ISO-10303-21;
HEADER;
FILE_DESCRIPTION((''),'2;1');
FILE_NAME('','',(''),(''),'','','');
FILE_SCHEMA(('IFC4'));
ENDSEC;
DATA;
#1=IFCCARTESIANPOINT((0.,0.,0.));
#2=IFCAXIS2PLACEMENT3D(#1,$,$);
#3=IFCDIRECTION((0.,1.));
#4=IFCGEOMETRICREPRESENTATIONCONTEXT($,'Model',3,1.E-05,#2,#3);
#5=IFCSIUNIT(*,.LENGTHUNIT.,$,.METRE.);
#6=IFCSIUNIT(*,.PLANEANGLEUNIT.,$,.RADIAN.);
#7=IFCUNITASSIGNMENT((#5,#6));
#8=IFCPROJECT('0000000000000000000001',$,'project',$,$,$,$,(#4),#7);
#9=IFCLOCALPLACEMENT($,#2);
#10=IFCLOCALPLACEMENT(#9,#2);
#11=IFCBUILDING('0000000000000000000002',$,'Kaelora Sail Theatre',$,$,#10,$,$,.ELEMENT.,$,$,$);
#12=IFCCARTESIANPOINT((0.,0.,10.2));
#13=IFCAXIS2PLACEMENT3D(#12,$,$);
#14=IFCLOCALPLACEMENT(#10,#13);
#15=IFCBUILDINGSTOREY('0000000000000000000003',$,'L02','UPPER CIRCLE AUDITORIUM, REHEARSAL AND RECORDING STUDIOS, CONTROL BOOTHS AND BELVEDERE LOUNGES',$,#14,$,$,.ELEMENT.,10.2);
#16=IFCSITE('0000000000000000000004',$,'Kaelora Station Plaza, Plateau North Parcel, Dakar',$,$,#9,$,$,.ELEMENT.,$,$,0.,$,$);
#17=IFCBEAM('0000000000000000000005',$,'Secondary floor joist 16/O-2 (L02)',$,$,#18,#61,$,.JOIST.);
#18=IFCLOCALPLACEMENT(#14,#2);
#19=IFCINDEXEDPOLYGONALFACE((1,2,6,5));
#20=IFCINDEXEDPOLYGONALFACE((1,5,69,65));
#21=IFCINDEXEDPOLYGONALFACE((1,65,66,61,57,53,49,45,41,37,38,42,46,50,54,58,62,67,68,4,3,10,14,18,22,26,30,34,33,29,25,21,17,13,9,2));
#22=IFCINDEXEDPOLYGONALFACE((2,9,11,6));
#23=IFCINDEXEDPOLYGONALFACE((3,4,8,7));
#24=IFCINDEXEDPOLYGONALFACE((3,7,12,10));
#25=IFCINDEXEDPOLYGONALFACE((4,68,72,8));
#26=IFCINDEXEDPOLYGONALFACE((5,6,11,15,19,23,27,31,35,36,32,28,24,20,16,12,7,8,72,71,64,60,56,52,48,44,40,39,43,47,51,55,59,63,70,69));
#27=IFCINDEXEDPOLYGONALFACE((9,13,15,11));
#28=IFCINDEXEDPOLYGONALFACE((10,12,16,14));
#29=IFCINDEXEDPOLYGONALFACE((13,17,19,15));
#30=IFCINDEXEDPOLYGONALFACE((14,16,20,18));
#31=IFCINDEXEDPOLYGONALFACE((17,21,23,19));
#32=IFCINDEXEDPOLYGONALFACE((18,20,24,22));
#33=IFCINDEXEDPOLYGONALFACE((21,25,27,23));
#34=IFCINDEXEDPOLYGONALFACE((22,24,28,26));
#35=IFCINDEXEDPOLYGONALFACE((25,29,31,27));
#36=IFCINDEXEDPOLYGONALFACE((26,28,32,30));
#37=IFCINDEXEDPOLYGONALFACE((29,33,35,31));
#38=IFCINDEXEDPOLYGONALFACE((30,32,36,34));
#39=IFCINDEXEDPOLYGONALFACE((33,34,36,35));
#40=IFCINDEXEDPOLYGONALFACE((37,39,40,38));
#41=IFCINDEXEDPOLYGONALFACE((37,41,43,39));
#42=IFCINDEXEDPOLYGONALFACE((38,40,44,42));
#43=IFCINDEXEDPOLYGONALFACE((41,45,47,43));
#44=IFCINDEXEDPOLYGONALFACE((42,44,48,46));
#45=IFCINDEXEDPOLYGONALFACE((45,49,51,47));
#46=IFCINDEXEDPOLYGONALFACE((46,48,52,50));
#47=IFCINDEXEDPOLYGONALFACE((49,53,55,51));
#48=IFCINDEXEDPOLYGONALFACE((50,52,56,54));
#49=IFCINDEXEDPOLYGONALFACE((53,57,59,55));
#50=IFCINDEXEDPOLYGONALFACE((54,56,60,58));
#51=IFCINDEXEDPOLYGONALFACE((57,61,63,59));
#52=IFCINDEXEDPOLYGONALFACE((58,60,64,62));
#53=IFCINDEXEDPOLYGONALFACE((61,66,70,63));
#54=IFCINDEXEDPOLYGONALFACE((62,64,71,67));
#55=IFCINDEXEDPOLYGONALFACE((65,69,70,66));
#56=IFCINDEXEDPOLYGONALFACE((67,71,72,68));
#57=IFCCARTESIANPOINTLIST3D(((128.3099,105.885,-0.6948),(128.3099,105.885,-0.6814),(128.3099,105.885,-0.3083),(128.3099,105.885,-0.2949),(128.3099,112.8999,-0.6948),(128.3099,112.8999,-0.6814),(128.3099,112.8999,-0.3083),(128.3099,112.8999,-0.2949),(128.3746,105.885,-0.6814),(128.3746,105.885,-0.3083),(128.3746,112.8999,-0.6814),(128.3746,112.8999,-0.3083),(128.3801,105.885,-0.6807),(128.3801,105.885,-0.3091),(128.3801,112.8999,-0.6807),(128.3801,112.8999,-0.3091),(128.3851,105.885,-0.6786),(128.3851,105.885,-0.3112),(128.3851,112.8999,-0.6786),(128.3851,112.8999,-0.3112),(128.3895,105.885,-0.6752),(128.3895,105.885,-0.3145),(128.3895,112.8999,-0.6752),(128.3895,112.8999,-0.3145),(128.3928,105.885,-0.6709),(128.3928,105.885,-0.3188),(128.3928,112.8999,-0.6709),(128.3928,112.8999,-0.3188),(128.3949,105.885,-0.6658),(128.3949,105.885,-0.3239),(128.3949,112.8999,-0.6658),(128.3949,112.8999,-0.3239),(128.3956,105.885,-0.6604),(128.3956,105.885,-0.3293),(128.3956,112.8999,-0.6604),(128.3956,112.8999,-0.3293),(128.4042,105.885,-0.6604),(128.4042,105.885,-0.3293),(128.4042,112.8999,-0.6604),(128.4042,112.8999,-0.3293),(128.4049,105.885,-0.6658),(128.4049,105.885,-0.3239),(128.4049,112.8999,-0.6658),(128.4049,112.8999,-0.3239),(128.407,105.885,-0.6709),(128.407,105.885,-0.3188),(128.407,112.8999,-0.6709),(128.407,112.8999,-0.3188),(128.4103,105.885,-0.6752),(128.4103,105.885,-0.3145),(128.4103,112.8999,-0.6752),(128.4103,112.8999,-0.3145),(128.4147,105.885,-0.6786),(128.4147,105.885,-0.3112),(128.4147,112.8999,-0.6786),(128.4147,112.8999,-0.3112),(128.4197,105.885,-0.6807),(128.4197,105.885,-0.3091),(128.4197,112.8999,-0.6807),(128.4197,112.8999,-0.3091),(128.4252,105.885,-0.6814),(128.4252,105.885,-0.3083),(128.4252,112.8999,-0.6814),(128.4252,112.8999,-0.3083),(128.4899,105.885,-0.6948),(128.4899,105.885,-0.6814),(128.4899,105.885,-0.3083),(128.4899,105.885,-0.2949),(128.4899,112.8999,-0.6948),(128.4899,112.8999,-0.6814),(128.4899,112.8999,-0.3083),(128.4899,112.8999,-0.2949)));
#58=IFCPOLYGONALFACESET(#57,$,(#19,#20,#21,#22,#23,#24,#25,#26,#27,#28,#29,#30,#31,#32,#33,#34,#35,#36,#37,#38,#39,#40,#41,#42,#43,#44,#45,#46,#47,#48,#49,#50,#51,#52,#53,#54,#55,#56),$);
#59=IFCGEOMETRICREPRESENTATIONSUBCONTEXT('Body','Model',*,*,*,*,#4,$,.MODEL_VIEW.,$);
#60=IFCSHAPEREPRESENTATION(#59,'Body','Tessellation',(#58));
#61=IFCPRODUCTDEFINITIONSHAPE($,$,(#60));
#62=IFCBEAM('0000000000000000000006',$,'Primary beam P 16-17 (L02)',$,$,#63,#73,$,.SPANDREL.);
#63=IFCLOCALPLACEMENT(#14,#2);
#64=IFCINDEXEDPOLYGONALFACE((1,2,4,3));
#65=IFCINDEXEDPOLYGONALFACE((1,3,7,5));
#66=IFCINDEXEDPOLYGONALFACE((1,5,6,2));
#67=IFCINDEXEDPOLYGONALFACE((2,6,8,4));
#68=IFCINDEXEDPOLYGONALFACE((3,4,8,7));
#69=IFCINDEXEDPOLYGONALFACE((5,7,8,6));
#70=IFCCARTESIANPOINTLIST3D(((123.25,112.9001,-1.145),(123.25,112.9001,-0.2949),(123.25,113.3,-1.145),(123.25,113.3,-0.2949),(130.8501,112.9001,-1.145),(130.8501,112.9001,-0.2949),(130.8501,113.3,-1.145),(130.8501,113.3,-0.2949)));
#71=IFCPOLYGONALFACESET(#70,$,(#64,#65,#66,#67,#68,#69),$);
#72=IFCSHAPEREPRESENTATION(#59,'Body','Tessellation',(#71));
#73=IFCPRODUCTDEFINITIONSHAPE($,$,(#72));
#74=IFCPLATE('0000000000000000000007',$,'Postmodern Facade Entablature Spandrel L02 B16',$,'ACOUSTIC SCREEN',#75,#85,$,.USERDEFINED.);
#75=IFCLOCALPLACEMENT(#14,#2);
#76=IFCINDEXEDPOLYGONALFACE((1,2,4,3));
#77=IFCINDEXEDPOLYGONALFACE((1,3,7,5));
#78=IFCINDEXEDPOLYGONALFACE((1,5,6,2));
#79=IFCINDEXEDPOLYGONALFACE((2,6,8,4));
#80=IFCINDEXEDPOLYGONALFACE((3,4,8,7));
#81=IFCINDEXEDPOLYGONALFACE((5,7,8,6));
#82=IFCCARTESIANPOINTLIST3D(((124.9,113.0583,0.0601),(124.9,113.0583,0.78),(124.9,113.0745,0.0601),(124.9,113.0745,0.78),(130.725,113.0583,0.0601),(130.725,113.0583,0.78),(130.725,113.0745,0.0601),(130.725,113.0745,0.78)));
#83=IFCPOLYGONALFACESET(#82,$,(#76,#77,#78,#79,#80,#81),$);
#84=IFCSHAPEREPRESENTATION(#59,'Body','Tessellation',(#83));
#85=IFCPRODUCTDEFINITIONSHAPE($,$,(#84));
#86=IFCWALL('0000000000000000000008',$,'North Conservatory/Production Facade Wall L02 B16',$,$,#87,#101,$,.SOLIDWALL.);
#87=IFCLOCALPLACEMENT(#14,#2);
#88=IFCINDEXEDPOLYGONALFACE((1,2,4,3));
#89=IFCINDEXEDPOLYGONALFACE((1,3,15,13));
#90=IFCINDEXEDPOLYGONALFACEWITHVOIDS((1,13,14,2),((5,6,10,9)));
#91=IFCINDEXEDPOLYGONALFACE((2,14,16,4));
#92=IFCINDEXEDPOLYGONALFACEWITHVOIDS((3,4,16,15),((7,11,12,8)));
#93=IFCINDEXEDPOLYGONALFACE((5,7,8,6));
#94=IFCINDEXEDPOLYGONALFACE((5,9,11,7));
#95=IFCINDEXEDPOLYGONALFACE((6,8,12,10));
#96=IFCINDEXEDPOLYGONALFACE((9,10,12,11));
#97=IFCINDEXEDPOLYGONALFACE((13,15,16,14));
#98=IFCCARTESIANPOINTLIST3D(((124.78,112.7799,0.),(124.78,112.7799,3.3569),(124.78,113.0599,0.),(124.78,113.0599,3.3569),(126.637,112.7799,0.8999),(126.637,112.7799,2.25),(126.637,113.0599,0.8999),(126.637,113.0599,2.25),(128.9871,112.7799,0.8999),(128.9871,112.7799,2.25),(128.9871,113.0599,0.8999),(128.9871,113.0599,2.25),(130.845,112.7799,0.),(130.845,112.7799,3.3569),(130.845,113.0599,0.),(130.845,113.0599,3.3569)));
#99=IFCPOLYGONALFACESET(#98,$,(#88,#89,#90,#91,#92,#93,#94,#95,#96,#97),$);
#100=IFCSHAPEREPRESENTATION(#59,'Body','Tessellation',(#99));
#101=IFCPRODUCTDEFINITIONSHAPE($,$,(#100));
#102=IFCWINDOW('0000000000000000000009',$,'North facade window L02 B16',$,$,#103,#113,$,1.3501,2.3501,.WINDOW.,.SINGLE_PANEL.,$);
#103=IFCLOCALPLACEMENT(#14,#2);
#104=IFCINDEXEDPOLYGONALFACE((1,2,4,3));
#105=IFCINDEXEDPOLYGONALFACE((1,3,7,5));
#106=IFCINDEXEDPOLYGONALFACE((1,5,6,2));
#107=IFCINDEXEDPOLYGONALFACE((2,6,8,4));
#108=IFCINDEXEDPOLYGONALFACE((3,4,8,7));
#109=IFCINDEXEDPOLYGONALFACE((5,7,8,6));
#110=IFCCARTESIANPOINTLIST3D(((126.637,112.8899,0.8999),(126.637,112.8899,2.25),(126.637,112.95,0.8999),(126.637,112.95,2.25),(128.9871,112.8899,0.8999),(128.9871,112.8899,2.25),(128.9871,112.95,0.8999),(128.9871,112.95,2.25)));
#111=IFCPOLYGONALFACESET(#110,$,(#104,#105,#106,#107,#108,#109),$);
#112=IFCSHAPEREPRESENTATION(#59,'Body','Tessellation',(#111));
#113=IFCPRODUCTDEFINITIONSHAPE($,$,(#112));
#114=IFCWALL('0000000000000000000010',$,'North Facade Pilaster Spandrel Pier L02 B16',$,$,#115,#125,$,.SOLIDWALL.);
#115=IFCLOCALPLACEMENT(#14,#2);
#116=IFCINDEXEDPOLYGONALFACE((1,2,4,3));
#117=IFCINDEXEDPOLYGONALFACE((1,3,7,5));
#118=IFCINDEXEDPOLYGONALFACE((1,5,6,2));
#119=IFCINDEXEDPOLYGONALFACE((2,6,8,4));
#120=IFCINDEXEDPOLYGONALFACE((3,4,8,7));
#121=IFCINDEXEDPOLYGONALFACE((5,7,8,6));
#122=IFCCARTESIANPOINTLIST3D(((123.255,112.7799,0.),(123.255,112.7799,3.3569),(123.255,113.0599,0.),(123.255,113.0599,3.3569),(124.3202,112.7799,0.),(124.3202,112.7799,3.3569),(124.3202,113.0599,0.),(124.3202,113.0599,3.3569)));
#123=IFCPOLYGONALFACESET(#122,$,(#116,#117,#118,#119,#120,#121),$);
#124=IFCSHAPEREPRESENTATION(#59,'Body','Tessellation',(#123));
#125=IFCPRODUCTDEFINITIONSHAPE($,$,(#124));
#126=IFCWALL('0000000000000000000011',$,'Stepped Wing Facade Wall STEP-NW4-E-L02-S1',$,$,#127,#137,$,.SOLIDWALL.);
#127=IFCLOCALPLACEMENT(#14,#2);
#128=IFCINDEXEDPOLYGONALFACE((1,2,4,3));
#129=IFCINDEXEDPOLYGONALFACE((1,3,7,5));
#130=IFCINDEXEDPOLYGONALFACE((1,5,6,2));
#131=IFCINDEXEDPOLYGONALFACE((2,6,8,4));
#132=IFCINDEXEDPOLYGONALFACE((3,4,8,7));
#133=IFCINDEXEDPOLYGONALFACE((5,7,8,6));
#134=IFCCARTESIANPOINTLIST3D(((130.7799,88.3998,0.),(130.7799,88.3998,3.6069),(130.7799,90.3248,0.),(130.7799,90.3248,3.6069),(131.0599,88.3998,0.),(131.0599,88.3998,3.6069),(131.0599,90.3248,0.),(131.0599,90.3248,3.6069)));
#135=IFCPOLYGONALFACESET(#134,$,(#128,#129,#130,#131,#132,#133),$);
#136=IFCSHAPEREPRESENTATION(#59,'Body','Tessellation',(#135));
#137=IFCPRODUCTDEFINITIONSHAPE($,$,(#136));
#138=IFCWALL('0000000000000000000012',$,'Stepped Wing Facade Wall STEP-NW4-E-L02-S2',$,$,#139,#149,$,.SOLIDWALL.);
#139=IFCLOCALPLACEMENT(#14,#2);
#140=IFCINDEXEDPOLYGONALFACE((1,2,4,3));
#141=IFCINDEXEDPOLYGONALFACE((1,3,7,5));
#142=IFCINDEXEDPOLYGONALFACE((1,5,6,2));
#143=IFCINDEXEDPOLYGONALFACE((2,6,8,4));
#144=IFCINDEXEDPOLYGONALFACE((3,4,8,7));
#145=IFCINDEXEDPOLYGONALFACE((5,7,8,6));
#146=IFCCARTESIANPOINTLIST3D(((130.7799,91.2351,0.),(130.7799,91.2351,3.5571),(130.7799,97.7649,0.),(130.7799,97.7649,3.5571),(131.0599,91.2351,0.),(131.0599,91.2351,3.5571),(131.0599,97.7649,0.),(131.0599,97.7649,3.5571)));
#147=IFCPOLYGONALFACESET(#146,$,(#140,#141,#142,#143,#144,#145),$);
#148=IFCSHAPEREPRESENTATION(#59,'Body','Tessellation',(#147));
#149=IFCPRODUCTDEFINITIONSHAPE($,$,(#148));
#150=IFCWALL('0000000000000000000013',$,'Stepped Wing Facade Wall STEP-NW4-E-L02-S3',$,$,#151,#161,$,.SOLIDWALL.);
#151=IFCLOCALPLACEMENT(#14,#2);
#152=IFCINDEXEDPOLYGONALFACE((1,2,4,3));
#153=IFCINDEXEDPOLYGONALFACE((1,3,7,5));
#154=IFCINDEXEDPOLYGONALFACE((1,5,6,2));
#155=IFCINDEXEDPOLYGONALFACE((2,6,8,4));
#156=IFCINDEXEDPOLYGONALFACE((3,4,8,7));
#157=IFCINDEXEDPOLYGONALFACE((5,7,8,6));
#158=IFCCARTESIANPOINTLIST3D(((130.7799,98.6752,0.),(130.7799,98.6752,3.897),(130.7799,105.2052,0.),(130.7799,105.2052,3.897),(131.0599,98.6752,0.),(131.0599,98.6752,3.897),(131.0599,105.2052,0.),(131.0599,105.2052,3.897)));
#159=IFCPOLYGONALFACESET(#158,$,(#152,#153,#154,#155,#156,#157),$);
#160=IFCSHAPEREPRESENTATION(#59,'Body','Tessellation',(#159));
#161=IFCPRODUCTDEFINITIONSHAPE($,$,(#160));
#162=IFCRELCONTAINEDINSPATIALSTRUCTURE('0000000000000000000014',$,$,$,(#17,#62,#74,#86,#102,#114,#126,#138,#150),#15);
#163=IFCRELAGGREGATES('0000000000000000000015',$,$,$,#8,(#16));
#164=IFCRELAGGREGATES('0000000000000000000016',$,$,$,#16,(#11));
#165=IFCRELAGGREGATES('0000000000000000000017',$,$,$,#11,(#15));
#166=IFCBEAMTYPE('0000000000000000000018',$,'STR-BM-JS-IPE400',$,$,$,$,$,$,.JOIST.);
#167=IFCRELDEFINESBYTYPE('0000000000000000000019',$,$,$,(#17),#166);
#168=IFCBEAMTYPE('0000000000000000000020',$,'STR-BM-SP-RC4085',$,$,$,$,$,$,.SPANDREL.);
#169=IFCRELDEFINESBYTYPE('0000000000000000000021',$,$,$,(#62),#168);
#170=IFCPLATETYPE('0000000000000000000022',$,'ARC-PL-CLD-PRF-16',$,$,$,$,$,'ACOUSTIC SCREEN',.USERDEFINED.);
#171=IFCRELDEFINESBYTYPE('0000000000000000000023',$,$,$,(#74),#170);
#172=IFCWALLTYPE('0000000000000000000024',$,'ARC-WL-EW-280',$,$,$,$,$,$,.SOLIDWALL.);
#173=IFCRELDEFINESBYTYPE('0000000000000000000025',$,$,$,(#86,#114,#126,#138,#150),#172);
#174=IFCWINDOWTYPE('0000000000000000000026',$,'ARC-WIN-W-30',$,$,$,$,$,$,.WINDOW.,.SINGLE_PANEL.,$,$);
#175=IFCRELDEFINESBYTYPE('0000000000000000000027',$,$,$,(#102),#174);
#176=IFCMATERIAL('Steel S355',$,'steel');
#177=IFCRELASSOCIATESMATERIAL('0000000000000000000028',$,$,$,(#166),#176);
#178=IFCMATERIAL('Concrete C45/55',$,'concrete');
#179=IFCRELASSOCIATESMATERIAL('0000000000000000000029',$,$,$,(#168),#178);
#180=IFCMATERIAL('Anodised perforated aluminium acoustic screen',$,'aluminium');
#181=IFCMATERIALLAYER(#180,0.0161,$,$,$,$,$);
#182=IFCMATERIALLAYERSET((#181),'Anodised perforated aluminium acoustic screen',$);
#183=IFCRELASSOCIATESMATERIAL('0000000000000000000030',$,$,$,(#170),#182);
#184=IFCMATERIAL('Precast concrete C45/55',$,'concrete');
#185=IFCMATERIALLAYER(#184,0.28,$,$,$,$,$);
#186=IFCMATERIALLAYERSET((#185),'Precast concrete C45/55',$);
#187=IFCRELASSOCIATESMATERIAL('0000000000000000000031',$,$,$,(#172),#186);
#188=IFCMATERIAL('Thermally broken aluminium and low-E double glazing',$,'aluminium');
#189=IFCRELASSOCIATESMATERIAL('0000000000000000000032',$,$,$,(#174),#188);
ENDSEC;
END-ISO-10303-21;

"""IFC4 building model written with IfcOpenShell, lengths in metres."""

from ifc_helpers import new_model, si_unit, direction, frame, frame_2d, origin, origin_2d, place, context, subcontext, project, spatial, rectangle, i_section, extrude, material, layer, layer_set, material_profile, profile_set, type_object, element, fill, save


model = new_model("IFC4")

# Units and contexts
model_context = context("Model", 3, precision=1e-05, world=origin(), true_north=direction((0.0, 1.0)))
body_context = subcontext(model_context, "Body", "Model", "MODEL_VIEW")
ifc_project = project(units=[si_unit("LENGTHUNIT", "METRE"), si_unit("PLANEANGLEUNIT", "RADIAN")], contexts=[model_context])

# Site, building, storey
site_placement = place(None, origin())
site = spatial("IfcSite", under=ifc_project, at=site_placement, Name="Kaelora Station Plaza, Plateau North Parcel, Dakar", CompositionType="ELEMENT", RefElevation=0.0)
building_placement = place(site_placement, origin())
building = spatial("IfcBuilding", under=site, at=building_placement, Name="Kaelora Sail Theatre", CompositionType="ELEMENT")
storey_placement = place(building_placement, frame((0.0, 0.0, 10.2)))
storey = spatial("IfcBuildingStorey", under=building, at=storey_placement, Name="L02", Description="UPPER CIRCLE AUDITORIUM, REHEARSAL AND RECORDING STUDIOS, CONTROL BOOTHS AND BELVEDERE LOUNGES", CompositionType="ELEMENT", Elevation=10.2)

# Beams
ifc_material_1 = material(Name="Steel S355", Category="steel")
ifc_material_profile_1 = material_profile(ifc_material_1, i_section(OverallWidth=0.1799, OverallDepth=0.3999, WebThickness=0.0085, FlangeThickness=0.0134, FilletRadius=0.021, at=origin_2d()), Name="IPE 400")
ifc_profile_set_1 = profile_set([ifc_material_profile_1], Name="Steel S355")
beam_type_1 = type_object("IfcBeamType", Name="STR-BM-JS-IPE400", PredefinedType="JOIST", material=ifc_profile_set_1)
beam_1_placement = place(storey_placement, frame((128.3999, 105.885, -0.4949), z_axis=(0.0, 1.0, 0.0), x_axis=(-1.0, 0.0, 0.0)))
element("IfcBeam", 1, at=beam_1_placement, inside=storey, type_object=beam_type_1, Name="Secondary floor joist 16/O-2 (L02)", PredefinedType="JOIST", context=body_context, shape_type="SweptSolid", body=[
    extrude(i_section(OverallWidth=0.1799, OverallDepth=0.3999, WebThickness=0.0085, FlangeThickness=0.0134, FilletRadius=0.021, at=origin_2d()), origin(), (0.0, 0.0, 1.0), 7.0149),
])
ifc_material_2 = material(Name="Concrete C45/55", Category="concrete")
ifc_material_profile_2 = material_profile(ifc_material_2, rectangle(XDim=0.3999, YDim=0.8501, at=origin_2d()), Name="RC-SPN 400x850")
ifc_profile_set_2 = profile_set([ifc_material_profile_2], Name="Concrete C45/55")
beam_type_2 = type_object("IfcBeamType", Name="STR-BM-SP-RC4085", PredefinedType="SPANDREL", material=ifc_profile_set_2)
beam_2_placement = place(storey_placement, frame((123.25, 113.1001, -0.72), z_axis=(1.0, 0.0, 0.0), x_axis=(0.0, 1.0, 0.0)))
element("IfcBeam", 2, at=beam_2_placement, inside=storey, type_object=beam_type_2, Name="Primary beam P 16-17 (L02)", PredefinedType="SPANDREL", context=body_context, shape_type="SweptSolid", body=[
    extrude(rectangle(XDim=0.3999, YDim=0.8501, at=origin_2d()), origin(), (0.0, 0.0, 1.0), 7.6001),
])

# Plate
ifc_material_3 = material(Name="Anodised perforated aluminium acoustic screen", Category="aluminium")
ifc_layer_1 = layer(ifc_material_3, 0.0161)
ifc_layer_set_1 = layer_set([ifc_layer_1], Name="Anodised perforated aluminium acoustic screen")
plate_type = type_object("IfcPlateType", Name="ARC-PL-CLD-PRF-16", ElementType="ACOUSTIC SCREEN", PredefinedType="USERDEFINED", material=ifc_layer_set_1)
plate_placement = place(storey_placement, frame((127.8125, 113.0664, 0.0601), z_axis=(0.0, 0.0, 1.0), x_axis=(1.0, 0.0, 0.0)))
element("IfcPlate", 3, at=plate_placement, inside=storey, type_object=plate_type, Name="Postmodern Facade Entablature Spandrel L02 B16", ObjectType="ACOUSTIC SCREEN", PredefinedType="USERDEFINED", context=body_context, shape_type="SweptSolid", body=[
    extrude(rectangle(XDim=5.825, YDim=0.0161, at=origin_2d()), origin(), (0.0, 0.0, 1.0), 0.72),
])

# Wall, opening, window
ifc_material_4 = material(Name="Precast concrete C45/55", Category="concrete")
ifc_layer_2 = layer(ifc_material_4, 0.28)
ifc_layer_set_2 = layer_set([ifc_layer_2], Name="Precast concrete C45/55")
wall_type_1 = type_object("IfcWallType", Name="ARC-WL-EW-280", PredefinedType="SOLIDWALL", material=ifc_layer_set_2)
wall_1_placement = place(storey_placement, frame((124.78, 112.9199, 0.0), z_axis=(0.0, 0.0, 1.0), x_axis=(1.0, 0.0, 0.0)))
wall_1 = element("IfcWall", 4, at=wall_1_placement, inside=storey, type_object=wall_type_1, Name="North Conservatory/Production Facade Wall L02 B16", PredefinedType="SOLIDWALL", context=body_context, shape_type="SweptSolid", body=[
    extrude(rectangle(XDim=6.0649, YDim=0.28, at=frame_2d((3.0325, 0.0))), origin(), (0.0, 0.0, 1.0), 3.3569),
])
opening_1_placement = place(wall_1_placement, frame((1.8569, 0.0, 0.8999)))
opening_1 = element("IfcOpeningElement", 5, at=opening_1_placement, cuts=wall_1, PredefinedType="OPENING", context=body_context, shape_type="SweptSolid", body=[
    extrude(rectangle(XDim=2.3501, YDim=1.3501, at=frame_2d((1.175, 0.675))), frame((0.0, 0.1501, 0.0), z_axis=(0.0, -1.0, 0.0), x_axis=(1.0, 0.0, 0.0)), (0.0, 0.0, 1.0), 0.3),
])
ifc_material_5 = material(Name="Thermally broken aluminium and low-E double glazing", Category="aluminium")
window_type_1 = type_object("IfcWindowType", Name="ARC-WIN-W-30", PartitioningType="SINGLE_PANEL", PredefinedType="WINDOW", material=ifc_material_5)
window_1_placement = place(opening_1_placement, origin())
window_1 = element("IfcWindow", 6, at=window_1_placement, inside=storey, type_object=window_type_1, Name="North facade window L02 B16", OverallHeight=1.3501, OverallWidth=2.3501, PartitioningType="SINGLE_PANEL", PredefinedType="WINDOW", context=body_context, shape_type="SweptSolid", body=[
    extrude(rectangle(XDim=2.3501, YDim=1.3501, at=frame_2d((1.175, 0.675))), frame((0.0, 0.03, 0.0), z_axis=(0.0, -1.0, 0.0), x_axis=(1.0, 0.0, 0.0)), (0.0, 0.0, 1.0), 0.0601),
])
fill(opening_1, window_1)

# Walls
wall_2_placement = place(storey_placement, frame((123.2549, 112.9199, 0.0), z_axis=(0.0, 0.0, 1.0), x_axis=(1.0, 0.0, 0.0)))
element("IfcWall", 7, at=wall_2_placement, inside=storey, type_object=wall_type_1, Name="North Facade Pilaster Spandrel Pier L02 B16", PredefinedType="SOLIDWALL", context=body_context, shape_type="SweptSolid", body=[
    extrude(rectangle(XDim=1.0652, YDim=0.28, at=frame_2d((0.5327, 0.0))), origin(), (0.0, 0.0, 1.0), 3.3569),
])
wall_3_placement = place(storey_placement, frame((130.9199, 88.3999, 0.0), z_axis=(0.0, 0.0, 1.0), x_axis=(0.0, 1.0, 0.0)))
element("IfcWall", 8, at=wall_3_placement, inside=storey, type_object=wall_type_1, Name="Stepped Wing Facade Wall STEP-NW4-E-L02-S1", PredefinedType="SOLIDWALL", context=body_context, shape_type="SweptSolid", body=[
    extrude(rectangle(XDim=1.925, YDim=0.28, at=frame_2d((0.9624, 0.0))), origin(), (0.0, 0.0, 1.0), 3.6069),
])
wall_4_placement = place(storey_placement, frame((130.9199, 91.2351, 0.0), z_axis=(0.0, 0.0, 1.0), x_axis=(0.0, 1.0, 0.0)))
element("IfcWall", 9, at=wall_4_placement, inside=storey, type_object=wall_type_1, Name="Stepped Wing Facade Wall STEP-NW4-E-L02-S2", PredefinedType="SOLIDWALL", context=body_context, shape_type="SweptSolid", body=[
    extrude(rectangle(XDim=6.5298, YDim=0.28, at=frame_2d((3.2649, 0.0))), origin(), (0.0, 0.0, 1.0), 3.5571),
])
wall_5_placement = place(storey_placement, frame((130.9199, 98.675, 0.0), z_axis=(0.0, 0.0, 1.0), x_axis=(0.0, 1.0, 0.0)))
element("IfcWall", 10, at=wall_5_placement, inside=storey, type_object=wall_type_1, Name="Stepped Wing Facade Wall STEP-NW4-E-L02-S3", PredefinedType="SOLIDWALL", context=body_context, shape_type="SweptSolid", body=[
    extrude(rectangle(XDim=6.53, YDim=0.28, at=frame_2d((3.2651, 0.0))), origin(), (0.0, 0.0, 1.0), 3.897),
])

save(model, "model.ifc")
